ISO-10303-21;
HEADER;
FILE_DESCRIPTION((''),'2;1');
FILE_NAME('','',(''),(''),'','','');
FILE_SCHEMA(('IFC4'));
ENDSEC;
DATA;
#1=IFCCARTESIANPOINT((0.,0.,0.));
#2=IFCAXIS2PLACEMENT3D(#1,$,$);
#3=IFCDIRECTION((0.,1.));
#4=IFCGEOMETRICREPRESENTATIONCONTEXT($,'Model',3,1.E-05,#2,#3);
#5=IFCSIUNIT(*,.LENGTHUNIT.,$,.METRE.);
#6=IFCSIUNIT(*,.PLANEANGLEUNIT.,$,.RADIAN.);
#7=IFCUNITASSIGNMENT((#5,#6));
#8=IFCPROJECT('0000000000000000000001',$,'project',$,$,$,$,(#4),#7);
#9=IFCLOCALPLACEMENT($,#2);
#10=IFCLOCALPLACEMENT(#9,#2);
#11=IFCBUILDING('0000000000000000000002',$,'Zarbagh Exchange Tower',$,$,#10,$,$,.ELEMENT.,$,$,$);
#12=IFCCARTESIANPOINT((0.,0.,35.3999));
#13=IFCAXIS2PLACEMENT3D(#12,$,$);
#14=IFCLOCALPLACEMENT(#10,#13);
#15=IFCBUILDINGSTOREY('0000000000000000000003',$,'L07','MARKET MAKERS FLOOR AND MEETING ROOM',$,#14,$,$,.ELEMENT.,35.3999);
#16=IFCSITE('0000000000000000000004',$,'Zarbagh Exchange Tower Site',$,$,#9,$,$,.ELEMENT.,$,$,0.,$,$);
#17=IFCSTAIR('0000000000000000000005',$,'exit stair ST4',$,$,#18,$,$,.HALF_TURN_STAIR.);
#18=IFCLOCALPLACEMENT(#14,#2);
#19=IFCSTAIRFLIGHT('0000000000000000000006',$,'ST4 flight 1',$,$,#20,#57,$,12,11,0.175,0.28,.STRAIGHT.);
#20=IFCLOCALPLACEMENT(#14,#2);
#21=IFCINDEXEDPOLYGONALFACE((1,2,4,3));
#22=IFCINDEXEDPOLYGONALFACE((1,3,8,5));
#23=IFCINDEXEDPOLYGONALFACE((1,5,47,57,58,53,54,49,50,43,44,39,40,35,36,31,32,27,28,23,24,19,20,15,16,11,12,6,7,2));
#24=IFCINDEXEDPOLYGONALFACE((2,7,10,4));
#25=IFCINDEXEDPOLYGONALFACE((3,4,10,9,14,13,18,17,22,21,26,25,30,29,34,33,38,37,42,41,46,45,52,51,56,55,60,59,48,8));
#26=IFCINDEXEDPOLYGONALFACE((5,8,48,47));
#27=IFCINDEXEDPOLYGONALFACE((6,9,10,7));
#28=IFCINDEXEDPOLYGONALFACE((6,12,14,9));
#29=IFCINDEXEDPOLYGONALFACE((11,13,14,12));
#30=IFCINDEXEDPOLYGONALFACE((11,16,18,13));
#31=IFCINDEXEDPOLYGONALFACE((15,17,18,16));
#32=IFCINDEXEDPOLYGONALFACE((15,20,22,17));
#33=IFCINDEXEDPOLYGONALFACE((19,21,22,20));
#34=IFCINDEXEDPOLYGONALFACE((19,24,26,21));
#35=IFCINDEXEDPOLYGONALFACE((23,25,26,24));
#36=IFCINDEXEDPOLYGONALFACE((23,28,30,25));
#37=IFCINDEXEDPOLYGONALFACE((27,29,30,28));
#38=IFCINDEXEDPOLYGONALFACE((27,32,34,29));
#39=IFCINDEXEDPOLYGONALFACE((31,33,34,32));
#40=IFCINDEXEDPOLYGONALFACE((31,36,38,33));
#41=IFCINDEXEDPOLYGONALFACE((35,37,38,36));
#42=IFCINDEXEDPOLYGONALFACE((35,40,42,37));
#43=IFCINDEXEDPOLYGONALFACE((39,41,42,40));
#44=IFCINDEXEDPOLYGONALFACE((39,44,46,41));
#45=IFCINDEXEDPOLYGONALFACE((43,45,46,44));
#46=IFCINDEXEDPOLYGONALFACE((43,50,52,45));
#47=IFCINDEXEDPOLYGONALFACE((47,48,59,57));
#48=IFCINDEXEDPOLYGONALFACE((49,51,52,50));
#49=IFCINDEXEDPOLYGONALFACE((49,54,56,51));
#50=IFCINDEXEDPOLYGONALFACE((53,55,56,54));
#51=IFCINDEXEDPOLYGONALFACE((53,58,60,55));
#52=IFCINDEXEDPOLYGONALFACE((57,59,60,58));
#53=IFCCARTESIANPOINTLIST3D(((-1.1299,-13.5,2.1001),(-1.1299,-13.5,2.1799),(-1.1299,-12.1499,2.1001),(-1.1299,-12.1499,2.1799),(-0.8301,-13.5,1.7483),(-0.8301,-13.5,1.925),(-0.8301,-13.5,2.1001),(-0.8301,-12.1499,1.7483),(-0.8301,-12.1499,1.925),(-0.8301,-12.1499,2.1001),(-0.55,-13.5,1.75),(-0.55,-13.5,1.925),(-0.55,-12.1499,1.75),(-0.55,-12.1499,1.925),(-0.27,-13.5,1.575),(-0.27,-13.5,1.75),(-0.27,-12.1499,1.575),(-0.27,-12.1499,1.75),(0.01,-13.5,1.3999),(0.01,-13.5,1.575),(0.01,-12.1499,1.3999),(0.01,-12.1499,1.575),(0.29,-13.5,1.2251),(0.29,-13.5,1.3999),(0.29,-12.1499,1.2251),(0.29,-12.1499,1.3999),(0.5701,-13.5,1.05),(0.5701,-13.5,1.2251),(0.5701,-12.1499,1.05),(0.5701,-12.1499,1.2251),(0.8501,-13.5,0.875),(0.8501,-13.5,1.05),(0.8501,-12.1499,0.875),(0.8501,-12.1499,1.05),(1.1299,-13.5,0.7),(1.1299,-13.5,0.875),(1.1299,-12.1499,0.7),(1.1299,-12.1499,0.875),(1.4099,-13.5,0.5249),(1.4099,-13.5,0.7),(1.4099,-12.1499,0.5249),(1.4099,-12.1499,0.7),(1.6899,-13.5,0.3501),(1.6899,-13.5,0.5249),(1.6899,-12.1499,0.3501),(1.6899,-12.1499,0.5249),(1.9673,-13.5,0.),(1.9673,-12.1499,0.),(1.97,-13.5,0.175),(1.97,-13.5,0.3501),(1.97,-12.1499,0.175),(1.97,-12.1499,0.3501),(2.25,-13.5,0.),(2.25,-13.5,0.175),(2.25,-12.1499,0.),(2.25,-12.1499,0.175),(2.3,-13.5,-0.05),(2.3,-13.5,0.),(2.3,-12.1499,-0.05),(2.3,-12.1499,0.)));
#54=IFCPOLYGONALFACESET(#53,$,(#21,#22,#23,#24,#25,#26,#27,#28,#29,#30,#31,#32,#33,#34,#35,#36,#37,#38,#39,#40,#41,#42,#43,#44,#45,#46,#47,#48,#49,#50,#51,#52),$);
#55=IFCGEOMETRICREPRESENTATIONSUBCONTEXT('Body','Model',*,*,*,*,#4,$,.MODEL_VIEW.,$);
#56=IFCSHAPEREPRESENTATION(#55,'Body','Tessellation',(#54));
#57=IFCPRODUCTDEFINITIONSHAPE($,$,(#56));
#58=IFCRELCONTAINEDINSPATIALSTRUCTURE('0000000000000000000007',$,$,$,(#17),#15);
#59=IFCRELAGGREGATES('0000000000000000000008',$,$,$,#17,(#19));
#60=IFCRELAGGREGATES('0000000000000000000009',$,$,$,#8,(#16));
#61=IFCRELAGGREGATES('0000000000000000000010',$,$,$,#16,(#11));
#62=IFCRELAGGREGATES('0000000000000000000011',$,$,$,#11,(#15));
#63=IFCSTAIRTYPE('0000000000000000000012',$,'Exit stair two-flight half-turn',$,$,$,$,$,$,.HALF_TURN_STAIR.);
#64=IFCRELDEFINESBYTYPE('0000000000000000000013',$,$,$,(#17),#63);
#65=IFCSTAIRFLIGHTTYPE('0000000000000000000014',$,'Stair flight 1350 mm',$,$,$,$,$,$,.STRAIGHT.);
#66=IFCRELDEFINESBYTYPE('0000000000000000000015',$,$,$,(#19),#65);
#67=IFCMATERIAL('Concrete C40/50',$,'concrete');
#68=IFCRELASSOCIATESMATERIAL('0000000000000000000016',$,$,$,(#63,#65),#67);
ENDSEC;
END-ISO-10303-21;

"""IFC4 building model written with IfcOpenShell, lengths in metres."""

from ifc_helpers import new_model, si_unit, direction, frame, origin, place, context, subcontext, project, spatial, polyline, outline, extrude, material, type_object, element, aggregate, save


model = new_model("IFC4")

# Units and contexts
model_context = context("Model", 3, precision=1e-05, world=origin(), true_north=direction((0.0, 1.0)))
body_context = subcontext(model_context, "Body", "Model", "MODEL_VIEW")
ifc_project = project(units=[si_unit("LENGTHUNIT", "METRE"), si_unit("PLANEANGLEUNIT", "RADIAN")], contexts=[model_context])

# Site, building, storey
site_placement = place(None, origin())
site = spatial("IfcSite", under=ifc_project, at=site_placement, Name="Zarbagh Exchange Tower Site", CompositionType="ELEMENT", RefElevation=0.0)
building_placement = place(site_placement, origin())
building = spatial("IfcBuilding", under=site, at=building_placement, Name="Zarbagh Exchange Tower", CompositionType="ELEMENT")
storey_placement = place(building_placement, frame((0.0, 0.0, 35.3999)))
storey = spatial("IfcBuildingStorey", under=building, at=storey_placement, Name="L07", Description="MARKET MAKERS FLOOR AND MEETING ROOM", CompositionType="ELEMENT", Elevation=35.3999)

# Stair, stair flight
ifc_material_1 = material(Name="Concrete C40/50", Category="concrete")
stair_type = type_object("IfcStairType", Name="Exit stair two-flight half-turn", PredefinedType="HALF_TURN_STAIR", material=ifc_material_1)
stair_flight_type = type_object("IfcStairFlightType", Name="Stair flight 1350 mm", PredefinedType="STRAIGHT", material=ifc_material_1)
stair_1_placement = place(storey_placement, origin())
stair_1 = element("IfcStair", 1, at=stair_1_placement, inside=storey, type_object=stair_type, Name="exit stair ST4", PredefinedType="HALF_TURN_STAIR")
stair_flight_1_placement = place(storey_placement, frame((2.25, -12.825, 0.0), z_axis=(0.0, 0.0, 1.0), x_axis=(-1.0, 0.0, 0.0)))
stair_flight_1 = element("IfcStairFlight", 2, at=stair_flight_1_placement, type_object=stair_flight_type, Name="ST4 flight 1", NumberOfRisers=12, NumberOfTreads=11, PredefinedType="STRAIGHT", RiserHeight=0.175, TreadLength=0.28, context=body_context, shape_type="SweptSolid", body=[
    extrude(outline(polyline([(-0.05, -0.05), (-0.05, 0.0), (0.0, 0.0), (0.0, 0.175), (0.28, 0.175), (0.28, 0.3501), (0.5601, 0.3501), (0.5601, 0.5249), (0.8401, 0.5249), (0.8401, 0.7), (1.1201, 0.7), (1.1201, 0.875), (1.3999, 0.875), (1.3999, 1.05), (1.6799, 1.05), (1.6799, 1.2251), (1.96, 1.2251), (1.96, 1.3999), (2.24, 1.3999), (2.24, 1.575), (2.52, 1.575), (2.52, 1.75), (2.8, 1.75), (2.8, 1.925), (3.0801, 1.925), (3.0801, 2.1001), (3.3799, 2.1799), (3.3799, 2.1001), (3.0801, 1.7483), (0.2827, 0.0), (-0.05, -0.05)])), frame((0.0, 0.675, 0.0), z_axis=(0.0, -1.0, 0.0), x_axis=(1.0, 0.0, 0.0)), (0.0, 0.0, 1.0), 1.3501),
])
aggregate(stair_1, [stair_flight_1])

save(model, "model.ifc")
